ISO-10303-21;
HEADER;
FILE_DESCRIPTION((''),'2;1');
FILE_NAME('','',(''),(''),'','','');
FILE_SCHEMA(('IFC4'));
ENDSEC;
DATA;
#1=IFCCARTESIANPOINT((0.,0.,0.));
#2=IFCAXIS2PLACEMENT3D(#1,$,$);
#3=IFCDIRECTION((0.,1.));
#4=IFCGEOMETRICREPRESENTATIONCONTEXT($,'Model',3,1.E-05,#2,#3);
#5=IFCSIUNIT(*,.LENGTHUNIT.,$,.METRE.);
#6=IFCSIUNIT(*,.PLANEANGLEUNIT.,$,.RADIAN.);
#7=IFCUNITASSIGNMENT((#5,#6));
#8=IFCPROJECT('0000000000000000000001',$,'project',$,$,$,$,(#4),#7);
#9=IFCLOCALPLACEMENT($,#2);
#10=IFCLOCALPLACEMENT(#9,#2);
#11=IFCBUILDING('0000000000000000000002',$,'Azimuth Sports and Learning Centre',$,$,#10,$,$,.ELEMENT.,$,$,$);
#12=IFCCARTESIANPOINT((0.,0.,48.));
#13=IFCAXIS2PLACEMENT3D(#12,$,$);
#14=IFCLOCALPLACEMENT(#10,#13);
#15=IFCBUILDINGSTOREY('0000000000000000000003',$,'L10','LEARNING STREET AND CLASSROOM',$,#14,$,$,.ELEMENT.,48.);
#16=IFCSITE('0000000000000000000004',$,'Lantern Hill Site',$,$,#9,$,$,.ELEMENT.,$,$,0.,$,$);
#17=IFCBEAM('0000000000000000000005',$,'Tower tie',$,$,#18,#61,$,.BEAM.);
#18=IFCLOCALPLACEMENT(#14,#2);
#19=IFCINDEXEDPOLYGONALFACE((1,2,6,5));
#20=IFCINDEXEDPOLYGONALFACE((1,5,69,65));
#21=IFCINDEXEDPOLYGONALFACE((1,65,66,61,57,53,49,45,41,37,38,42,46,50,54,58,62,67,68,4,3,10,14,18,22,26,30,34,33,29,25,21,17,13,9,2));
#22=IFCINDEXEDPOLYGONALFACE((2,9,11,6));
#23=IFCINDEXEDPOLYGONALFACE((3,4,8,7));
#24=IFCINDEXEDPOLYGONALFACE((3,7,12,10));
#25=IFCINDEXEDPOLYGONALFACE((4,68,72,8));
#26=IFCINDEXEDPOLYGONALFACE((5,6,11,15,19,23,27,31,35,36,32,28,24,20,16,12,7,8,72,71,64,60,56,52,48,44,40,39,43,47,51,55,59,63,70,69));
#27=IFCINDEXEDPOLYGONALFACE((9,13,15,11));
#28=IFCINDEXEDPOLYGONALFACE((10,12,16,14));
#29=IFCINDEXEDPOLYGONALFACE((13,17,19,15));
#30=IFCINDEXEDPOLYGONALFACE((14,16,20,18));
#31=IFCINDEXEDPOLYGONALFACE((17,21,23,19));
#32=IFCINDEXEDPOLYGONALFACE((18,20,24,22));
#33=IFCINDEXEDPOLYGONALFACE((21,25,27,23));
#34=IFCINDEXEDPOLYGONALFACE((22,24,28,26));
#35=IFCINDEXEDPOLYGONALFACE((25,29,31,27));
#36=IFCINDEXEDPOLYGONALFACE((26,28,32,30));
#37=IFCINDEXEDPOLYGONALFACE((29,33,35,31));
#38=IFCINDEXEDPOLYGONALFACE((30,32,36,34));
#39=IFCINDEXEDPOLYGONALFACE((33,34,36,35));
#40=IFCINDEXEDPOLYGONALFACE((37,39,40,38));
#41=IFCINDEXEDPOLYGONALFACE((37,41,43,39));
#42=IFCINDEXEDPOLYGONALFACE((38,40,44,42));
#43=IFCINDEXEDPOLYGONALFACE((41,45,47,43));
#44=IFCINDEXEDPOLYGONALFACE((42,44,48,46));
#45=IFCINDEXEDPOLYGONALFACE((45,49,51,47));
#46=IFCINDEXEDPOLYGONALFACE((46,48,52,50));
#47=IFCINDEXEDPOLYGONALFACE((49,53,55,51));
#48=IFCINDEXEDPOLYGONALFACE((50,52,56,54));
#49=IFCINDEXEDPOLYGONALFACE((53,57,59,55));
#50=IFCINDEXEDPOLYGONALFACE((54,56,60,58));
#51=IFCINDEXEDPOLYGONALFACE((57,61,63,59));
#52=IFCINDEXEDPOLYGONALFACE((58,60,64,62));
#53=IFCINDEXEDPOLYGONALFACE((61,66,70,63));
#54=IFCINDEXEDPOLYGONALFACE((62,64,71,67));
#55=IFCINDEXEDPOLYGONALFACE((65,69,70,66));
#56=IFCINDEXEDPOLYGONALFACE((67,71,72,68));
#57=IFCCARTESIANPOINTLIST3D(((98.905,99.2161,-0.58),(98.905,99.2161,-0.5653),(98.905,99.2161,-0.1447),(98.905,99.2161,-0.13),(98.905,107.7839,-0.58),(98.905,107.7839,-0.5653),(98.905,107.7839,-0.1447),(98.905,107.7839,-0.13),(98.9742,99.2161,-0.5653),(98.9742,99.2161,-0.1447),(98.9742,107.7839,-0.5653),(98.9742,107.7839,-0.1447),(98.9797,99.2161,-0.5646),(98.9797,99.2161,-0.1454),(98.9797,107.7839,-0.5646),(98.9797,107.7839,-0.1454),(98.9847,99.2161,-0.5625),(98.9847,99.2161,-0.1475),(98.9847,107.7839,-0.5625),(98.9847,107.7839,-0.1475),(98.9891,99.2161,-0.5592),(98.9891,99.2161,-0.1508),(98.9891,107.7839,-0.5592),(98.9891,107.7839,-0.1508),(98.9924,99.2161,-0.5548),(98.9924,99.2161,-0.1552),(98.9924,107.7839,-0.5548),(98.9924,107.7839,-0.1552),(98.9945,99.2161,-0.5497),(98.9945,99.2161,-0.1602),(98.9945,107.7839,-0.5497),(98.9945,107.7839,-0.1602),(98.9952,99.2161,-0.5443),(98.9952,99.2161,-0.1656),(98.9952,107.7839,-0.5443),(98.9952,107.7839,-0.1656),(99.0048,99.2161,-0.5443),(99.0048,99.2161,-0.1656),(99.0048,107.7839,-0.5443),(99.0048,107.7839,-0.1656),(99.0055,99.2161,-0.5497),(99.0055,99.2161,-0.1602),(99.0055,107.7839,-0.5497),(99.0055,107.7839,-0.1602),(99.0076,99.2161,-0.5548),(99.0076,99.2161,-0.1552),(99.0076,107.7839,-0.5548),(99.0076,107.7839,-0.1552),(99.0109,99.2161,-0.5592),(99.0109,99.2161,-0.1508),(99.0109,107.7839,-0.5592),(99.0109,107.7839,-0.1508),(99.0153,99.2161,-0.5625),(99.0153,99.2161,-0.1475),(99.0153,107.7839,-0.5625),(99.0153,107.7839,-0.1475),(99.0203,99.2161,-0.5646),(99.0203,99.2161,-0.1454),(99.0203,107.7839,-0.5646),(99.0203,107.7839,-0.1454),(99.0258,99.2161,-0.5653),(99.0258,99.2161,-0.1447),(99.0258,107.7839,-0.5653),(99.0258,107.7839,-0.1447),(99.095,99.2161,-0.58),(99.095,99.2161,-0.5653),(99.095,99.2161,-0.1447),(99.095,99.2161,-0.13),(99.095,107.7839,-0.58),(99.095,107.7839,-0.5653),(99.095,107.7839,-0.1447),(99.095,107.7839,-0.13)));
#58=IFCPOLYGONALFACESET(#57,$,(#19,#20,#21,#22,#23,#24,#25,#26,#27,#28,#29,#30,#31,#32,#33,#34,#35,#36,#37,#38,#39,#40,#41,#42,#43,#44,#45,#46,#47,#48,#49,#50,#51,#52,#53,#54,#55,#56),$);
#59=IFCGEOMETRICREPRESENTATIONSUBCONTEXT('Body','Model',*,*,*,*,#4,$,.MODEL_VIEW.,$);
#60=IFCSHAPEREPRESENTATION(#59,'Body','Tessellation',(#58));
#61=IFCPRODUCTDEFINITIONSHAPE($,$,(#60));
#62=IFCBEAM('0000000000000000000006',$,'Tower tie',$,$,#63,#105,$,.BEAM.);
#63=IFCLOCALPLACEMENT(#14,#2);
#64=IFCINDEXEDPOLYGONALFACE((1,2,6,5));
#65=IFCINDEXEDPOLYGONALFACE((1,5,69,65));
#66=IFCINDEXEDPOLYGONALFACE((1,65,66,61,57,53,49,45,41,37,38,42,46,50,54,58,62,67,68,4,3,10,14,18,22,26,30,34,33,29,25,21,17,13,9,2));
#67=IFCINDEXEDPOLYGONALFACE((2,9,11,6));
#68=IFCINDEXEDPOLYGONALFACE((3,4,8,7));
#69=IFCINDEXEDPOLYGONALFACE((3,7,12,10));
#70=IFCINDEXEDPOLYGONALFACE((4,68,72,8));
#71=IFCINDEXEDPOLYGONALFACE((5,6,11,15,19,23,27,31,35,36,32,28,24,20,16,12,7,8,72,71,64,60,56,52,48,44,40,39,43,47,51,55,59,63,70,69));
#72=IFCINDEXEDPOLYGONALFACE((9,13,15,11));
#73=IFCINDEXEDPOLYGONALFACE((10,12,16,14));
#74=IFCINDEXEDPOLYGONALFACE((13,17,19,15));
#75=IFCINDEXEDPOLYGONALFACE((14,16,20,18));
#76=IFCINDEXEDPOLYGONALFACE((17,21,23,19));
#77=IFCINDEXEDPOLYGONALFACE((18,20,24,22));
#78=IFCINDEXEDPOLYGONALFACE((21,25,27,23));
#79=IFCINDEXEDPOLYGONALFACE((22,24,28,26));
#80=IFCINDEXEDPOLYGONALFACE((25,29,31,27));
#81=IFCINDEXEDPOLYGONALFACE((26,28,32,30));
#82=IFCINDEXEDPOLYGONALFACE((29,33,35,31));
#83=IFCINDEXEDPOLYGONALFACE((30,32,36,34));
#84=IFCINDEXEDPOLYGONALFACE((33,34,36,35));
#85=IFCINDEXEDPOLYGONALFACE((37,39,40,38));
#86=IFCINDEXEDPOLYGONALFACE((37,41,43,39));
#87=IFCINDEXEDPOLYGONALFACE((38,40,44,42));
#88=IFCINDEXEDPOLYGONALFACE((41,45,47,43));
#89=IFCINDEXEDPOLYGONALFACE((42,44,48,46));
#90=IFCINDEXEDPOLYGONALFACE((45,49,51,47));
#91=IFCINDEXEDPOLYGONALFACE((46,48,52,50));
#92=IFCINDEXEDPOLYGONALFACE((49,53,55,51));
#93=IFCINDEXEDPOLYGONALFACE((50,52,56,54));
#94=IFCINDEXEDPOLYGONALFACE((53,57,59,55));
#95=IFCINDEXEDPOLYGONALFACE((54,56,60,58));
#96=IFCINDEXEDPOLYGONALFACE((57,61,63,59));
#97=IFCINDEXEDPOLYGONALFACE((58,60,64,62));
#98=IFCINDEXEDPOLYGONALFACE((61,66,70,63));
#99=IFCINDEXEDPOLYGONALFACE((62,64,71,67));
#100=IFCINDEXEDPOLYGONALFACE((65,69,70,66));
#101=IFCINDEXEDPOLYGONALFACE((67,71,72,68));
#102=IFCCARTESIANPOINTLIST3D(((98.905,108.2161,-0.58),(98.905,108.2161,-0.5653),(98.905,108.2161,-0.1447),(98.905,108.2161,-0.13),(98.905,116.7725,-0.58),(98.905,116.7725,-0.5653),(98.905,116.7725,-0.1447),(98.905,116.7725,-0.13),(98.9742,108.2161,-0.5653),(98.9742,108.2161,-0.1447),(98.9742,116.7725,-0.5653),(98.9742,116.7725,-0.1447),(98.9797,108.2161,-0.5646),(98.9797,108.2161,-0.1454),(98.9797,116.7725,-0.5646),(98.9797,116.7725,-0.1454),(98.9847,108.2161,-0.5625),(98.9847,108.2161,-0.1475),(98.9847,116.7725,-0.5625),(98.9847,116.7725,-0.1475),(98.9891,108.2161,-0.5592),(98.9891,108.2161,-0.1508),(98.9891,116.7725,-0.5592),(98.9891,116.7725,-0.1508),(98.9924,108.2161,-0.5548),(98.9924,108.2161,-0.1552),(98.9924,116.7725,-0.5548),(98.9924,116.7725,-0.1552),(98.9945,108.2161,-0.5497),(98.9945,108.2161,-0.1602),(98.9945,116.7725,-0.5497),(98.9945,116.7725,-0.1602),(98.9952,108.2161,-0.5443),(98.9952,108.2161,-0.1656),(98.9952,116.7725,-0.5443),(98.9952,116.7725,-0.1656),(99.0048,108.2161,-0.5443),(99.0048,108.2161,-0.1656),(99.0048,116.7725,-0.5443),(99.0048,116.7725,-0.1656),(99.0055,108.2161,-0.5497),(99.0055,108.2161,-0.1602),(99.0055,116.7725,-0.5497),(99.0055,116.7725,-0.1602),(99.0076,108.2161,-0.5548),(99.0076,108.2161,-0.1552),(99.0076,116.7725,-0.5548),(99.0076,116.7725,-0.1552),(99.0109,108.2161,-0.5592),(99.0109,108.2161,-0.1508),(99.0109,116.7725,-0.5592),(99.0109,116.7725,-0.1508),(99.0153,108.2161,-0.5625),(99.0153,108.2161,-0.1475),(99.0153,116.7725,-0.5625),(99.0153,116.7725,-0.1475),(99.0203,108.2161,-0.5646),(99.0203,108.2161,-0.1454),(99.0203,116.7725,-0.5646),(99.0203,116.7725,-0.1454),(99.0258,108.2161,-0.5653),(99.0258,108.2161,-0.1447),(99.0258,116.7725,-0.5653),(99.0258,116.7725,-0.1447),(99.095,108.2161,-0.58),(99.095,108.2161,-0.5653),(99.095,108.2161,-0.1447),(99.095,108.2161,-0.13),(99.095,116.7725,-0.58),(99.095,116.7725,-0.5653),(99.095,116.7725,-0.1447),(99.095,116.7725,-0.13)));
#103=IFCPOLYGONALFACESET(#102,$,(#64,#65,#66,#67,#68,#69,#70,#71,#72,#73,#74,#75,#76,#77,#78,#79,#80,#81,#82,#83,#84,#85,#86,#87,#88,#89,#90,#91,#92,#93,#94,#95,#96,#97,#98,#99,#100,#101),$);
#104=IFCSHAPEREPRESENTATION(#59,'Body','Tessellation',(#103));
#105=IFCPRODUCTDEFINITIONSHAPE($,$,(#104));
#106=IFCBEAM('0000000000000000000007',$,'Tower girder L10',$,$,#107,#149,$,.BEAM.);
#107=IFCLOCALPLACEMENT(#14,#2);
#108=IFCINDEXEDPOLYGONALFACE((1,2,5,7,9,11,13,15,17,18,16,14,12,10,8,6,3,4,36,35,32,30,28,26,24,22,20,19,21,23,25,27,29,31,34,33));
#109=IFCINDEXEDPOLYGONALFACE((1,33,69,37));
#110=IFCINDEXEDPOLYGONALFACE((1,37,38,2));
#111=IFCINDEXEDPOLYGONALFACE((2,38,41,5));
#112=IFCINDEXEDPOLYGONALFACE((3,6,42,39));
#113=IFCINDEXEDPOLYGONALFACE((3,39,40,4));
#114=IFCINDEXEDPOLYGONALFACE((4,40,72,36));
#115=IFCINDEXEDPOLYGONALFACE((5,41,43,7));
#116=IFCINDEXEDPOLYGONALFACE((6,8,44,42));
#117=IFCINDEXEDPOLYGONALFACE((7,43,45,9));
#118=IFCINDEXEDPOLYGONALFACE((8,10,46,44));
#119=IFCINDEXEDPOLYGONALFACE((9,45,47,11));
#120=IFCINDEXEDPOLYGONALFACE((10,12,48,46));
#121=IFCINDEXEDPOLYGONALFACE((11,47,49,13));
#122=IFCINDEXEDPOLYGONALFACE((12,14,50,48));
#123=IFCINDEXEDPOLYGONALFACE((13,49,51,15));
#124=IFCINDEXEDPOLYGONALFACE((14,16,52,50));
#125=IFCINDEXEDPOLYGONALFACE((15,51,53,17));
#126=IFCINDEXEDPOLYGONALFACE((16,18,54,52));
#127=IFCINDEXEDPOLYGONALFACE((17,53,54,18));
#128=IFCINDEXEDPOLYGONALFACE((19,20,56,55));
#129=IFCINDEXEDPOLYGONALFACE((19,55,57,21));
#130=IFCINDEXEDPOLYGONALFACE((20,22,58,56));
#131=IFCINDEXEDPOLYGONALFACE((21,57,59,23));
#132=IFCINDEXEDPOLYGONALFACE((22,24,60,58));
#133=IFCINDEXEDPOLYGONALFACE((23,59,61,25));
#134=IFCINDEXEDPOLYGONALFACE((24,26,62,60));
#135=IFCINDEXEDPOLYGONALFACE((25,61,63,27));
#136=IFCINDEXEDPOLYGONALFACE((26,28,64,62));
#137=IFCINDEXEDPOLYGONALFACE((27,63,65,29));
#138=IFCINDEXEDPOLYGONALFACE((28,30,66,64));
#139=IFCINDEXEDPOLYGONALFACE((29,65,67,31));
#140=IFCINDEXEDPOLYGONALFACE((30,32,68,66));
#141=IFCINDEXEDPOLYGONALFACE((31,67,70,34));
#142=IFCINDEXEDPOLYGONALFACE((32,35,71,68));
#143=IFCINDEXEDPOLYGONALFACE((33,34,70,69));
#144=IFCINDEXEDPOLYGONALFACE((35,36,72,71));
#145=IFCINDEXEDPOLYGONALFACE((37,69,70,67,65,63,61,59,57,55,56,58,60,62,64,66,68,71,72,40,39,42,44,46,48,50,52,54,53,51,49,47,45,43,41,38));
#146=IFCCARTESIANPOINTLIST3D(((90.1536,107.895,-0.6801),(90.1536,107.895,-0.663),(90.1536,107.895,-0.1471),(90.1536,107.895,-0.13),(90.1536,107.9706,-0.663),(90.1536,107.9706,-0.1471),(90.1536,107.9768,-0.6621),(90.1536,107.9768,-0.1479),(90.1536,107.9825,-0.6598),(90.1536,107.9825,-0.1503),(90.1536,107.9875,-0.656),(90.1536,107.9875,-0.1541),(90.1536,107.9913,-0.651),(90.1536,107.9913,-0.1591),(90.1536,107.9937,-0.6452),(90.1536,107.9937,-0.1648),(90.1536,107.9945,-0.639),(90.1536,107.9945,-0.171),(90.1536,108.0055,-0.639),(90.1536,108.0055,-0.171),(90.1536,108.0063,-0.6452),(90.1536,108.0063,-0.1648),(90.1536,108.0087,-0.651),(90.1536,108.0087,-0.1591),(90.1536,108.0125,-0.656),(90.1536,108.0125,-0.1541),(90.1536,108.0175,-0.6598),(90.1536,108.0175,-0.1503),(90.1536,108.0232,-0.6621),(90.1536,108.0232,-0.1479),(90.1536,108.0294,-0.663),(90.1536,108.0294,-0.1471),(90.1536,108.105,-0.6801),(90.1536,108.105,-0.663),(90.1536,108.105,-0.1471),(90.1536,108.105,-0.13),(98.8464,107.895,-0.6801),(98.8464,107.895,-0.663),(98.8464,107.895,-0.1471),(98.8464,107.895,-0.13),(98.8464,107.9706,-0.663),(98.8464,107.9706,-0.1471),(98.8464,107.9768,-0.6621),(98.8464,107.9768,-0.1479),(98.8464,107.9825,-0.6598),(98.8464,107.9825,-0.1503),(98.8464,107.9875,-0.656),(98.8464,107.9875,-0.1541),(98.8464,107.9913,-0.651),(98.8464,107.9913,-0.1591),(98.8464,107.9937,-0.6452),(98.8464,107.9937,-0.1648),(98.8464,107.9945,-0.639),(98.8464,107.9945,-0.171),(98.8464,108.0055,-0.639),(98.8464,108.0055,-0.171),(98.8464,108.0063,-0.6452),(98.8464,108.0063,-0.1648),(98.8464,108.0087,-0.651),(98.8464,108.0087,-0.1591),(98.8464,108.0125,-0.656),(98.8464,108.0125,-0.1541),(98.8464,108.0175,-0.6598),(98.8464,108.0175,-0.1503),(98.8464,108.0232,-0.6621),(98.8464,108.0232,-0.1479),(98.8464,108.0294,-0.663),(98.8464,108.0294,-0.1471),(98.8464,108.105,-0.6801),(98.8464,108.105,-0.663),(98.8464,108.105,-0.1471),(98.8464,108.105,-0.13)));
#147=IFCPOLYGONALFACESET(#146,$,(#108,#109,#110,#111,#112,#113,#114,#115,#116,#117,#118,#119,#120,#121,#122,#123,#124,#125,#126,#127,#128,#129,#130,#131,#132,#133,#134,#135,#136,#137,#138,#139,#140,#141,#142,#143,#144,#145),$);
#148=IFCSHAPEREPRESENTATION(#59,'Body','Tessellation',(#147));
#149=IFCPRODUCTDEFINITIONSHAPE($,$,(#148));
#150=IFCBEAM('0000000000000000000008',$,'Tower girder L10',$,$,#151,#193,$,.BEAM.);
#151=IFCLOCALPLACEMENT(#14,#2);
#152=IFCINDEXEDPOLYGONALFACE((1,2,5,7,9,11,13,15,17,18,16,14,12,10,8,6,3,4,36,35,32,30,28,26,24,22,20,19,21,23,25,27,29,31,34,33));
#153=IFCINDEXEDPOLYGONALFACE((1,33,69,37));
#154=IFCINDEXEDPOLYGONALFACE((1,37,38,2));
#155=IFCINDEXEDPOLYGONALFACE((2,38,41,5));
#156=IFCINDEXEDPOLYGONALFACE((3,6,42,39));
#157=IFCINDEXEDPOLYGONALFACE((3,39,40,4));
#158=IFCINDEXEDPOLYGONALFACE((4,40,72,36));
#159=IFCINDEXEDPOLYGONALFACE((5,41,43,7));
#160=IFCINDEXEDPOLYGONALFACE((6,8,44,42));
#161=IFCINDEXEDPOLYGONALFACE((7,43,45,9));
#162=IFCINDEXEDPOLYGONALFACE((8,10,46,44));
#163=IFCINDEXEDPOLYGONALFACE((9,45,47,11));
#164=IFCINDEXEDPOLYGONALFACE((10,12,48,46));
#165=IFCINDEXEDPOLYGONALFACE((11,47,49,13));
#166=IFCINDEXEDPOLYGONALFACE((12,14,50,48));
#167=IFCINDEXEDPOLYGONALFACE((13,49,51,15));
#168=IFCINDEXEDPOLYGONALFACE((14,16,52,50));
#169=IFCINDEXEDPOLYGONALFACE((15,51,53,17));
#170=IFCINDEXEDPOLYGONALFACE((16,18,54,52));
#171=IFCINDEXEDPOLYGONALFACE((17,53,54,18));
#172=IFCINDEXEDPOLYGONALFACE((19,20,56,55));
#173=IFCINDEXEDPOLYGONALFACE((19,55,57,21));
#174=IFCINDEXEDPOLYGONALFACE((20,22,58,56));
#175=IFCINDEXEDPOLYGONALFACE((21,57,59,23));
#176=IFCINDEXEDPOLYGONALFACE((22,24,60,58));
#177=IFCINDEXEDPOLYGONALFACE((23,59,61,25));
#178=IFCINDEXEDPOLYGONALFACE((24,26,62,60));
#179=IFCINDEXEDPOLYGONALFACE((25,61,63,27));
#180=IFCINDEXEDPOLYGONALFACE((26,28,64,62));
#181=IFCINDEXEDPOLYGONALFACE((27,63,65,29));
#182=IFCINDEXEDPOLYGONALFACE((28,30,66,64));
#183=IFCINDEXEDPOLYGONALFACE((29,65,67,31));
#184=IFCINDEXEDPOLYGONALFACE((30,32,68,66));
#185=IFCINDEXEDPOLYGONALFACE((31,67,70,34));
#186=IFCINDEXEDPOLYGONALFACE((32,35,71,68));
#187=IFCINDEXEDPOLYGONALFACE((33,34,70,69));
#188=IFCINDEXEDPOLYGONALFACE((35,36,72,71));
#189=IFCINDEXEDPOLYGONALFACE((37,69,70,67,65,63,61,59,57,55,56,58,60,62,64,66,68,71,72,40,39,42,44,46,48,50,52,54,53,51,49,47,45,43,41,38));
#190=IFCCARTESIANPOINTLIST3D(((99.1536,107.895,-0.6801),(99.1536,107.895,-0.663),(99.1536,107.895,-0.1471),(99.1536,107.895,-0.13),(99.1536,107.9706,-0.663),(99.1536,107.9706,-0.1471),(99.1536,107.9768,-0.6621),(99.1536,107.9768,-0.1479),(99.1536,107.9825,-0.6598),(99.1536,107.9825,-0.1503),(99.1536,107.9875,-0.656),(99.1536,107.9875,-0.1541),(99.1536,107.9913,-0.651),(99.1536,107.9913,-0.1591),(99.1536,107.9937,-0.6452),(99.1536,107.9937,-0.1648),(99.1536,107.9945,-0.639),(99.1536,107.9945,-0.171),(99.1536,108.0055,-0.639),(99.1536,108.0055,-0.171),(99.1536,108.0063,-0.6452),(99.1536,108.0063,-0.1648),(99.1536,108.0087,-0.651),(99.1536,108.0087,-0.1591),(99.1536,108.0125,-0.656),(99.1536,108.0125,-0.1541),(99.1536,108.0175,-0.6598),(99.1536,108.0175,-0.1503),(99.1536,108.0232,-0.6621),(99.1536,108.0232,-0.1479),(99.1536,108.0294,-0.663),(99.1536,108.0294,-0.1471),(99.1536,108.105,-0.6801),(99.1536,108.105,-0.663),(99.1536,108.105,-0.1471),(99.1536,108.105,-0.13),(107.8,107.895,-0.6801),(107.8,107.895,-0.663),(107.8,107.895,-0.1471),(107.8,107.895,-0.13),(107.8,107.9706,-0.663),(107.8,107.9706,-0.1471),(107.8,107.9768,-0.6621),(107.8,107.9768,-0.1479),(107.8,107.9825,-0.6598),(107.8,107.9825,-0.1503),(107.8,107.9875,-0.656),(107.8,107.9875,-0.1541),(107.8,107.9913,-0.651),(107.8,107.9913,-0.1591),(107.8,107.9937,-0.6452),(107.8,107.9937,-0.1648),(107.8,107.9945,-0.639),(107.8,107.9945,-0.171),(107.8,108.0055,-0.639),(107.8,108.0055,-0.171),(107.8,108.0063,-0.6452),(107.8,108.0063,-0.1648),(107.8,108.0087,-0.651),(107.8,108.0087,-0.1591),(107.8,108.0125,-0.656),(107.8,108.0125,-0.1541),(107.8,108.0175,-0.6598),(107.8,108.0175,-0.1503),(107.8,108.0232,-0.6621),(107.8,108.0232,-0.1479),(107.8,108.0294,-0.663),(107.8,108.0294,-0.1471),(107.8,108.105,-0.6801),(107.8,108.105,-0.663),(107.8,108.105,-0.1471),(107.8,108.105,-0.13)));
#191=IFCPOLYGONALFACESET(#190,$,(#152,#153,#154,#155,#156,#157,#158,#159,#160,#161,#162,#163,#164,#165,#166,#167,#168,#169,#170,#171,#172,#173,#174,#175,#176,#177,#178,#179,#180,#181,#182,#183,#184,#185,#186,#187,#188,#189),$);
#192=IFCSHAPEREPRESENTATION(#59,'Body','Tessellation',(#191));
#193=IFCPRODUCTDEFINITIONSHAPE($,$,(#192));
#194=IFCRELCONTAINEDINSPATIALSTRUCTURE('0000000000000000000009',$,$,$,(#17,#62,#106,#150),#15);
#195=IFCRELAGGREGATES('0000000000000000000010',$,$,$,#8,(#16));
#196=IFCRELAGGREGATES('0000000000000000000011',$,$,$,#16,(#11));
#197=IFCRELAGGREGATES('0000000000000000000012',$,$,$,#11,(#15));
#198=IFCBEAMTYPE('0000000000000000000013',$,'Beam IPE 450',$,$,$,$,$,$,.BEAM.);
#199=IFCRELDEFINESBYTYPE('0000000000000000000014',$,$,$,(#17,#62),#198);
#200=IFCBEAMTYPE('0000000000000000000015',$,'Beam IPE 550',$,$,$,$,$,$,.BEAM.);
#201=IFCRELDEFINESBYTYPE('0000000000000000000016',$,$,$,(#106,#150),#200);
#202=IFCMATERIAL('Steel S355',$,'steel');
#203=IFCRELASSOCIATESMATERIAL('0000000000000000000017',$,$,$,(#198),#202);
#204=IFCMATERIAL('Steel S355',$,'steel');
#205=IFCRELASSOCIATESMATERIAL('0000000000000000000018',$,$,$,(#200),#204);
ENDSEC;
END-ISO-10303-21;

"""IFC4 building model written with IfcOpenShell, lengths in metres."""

from ifc_helpers import new_model, si_unit, direction, frame, origin, origin_2d, place, context, subcontext, project, spatial, i_section, extrude, material, material_profile, profile_set, type_object, element, save


model = new_model("IFC4")

# Units and contexts
model_context = context("Model", 3, precision=1e-05, world=origin(), true_north=direction((0.0, 1.0)))
body_context = subcontext(model_context, "Body", "Model", "MODEL_VIEW")
ifc_project = project(units=[si_unit("LENGTHUNIT", "METRE"), si_unit("PLANEANGLEUNIT", "RADIAN")], contexts=[model_context])

# Site, building, storey
site_placement = place(None, origin())
site = spatial("IfcSite", under=ifc_project, at=site_placement, Name="Lantern Hill Site", CompositionType="ELEMENT", RefElevation=0.0)
building_placement = place(site_placement, origin())
building = spatial("IfcBuilding", under=site, at=building_placement, Name="Azimuth Sports and Learning Centre", CompositionType="ELEMENT")
storey_placement = place(building_placement, frame((0.0, 0.0, 48.0)))
storey = spatial("IfcBuildingStorey", under=building, at=storey_placement, Name="L10", Description="LEARNING STREET AND CLASSROOM", CompositionType="ELEMENT", Elevation=48.0)

# Beams
ifc_material_1 = material(Name="Steel S355", Category="steel")
ifc_material_profile_1 = material_profile(ifc_material_1, i_section(OverallWidth=0.1899, OverallDepth=0.45, WebThickness=0.0095, FlangeThickness=0.0146, FilletRadius=0.021, at=origin_2d()), Name="IPE 450")
ifc_profile_set_1 = profile_set([ifc_material_profile_1], Name="Steel S355")
beam_type_1 = type_object("IfcBeamType", Name="Beam IPE 450", PredefinedType="BEAM", material=ifc_profile_set_1)
beam_1_placement = place(storey_placement, frame((99.0, 99.2161, -0.355), z_axis=(0.0, 1.0, 0.0), x_axis=(-1.0, 0.0, 0.0)))
element("IfcBeam", 1, at=beam_1_placement, inside=storey, type_object=beam_type_1, Name="Tower tie", PredefinedType="BEAM", context=body_context, shape_type="SweptSolid", body=[
    extrude(i_section(OverallWidth=0.1899, OverallDepth=0.45, WebThickness=0.0095, FlangeThickness=0.0146, FilletRadius=0.021, at=origin_2d()), origin(), (0.0, 0.0, 1.0), 8.5679),
])
beam_2_placement = place(storey_placement, frame((99.0, 108.2161, -0.355), z_axis=(0.0, 1.0, 0.0), x_axis=(-1.0, 0.0, 0.0)))
element("IfcBeam", 2, at=beam_2_placement, inside=storey, type_object=beam_type_1, Name="Tower tie", PredefinedType="BEAM", context=body_context, shape_type="SweptSolid", body=[
    extrude(i_section(OverallWidth=0.1899, OverallDepth=0.45, WebThickness=0.0095, FlangeThickness=0.0146, FilletRadius=0.021, at=origin_2d()), origin(), (0.0, 0.0, 1.0), 8.5564),
])
ifc_material_2 = material(Name="Steel S355", Category="steel")
ifc_material_profile_2 = material_profile(ifc_material_2, i_section(OverallWidth=0.21, OverallDepth=0.55, WebThickness=0.011, FlangeThickness=0.0171, FilletRadius=0.0239, at=origin_2d()), Name="IPE 550")
ifc_profile_set_2 = profile_set([ifc_material_profile_2], Name="Steel S355")
beam_type_2 = type_object("IfcBeamType", Name="Beam IPE 550", PredefinedType="BEAM", material=ifc_profile_set_2)
beam_3_placement = place(storey_placement, frame((90.1536, 108.0, -0.405), z_axis=(1.0, 0.0, 0.0), x_axis=(0.0, 1.0, 0.0)))
element("IfcBeam", 3, at=beam_3_placement, inside=storey, type_object=beam_type_2, Name="Tower girder L10", PredefinedType="BEAM", context=body_context, shape_type="SweptSolid", body=[
    extrude(i_section(OverallWidth=0.21, OverallDepth=0.55, WebThickness=0.011, FlangeThickness=0.0171, FilletRadius=0.0239, at=origin_2d()), origin(), (0.0, 0.0, 1.0), 8.6929),
])
beam_4_placement = place(storey_placement, frame((99.1536, 108.0, -0.405), z_axis=(1.0, 0.0, 0.0), x_axis=(0.0, 1.0, 0.0)))
element("IfcBeam", 4, at=beam_4_placement, inside=storey, type_object=beam_type_2, Name="Tower girder L10", PredefinedType="BEAM", context=body_context, shape_type="SweptSolid", body=[
    extrude(i_section(OverallWidth=0.21, OverallDepth=0.55, WebThickness=0.011, FlangeThickness=0.0171, FilletRadius=0.0239, at=origin_2d()), origin(), (0.0, 0.0, 1.0), 8.6465),
])

save(model, "model.ifc")
